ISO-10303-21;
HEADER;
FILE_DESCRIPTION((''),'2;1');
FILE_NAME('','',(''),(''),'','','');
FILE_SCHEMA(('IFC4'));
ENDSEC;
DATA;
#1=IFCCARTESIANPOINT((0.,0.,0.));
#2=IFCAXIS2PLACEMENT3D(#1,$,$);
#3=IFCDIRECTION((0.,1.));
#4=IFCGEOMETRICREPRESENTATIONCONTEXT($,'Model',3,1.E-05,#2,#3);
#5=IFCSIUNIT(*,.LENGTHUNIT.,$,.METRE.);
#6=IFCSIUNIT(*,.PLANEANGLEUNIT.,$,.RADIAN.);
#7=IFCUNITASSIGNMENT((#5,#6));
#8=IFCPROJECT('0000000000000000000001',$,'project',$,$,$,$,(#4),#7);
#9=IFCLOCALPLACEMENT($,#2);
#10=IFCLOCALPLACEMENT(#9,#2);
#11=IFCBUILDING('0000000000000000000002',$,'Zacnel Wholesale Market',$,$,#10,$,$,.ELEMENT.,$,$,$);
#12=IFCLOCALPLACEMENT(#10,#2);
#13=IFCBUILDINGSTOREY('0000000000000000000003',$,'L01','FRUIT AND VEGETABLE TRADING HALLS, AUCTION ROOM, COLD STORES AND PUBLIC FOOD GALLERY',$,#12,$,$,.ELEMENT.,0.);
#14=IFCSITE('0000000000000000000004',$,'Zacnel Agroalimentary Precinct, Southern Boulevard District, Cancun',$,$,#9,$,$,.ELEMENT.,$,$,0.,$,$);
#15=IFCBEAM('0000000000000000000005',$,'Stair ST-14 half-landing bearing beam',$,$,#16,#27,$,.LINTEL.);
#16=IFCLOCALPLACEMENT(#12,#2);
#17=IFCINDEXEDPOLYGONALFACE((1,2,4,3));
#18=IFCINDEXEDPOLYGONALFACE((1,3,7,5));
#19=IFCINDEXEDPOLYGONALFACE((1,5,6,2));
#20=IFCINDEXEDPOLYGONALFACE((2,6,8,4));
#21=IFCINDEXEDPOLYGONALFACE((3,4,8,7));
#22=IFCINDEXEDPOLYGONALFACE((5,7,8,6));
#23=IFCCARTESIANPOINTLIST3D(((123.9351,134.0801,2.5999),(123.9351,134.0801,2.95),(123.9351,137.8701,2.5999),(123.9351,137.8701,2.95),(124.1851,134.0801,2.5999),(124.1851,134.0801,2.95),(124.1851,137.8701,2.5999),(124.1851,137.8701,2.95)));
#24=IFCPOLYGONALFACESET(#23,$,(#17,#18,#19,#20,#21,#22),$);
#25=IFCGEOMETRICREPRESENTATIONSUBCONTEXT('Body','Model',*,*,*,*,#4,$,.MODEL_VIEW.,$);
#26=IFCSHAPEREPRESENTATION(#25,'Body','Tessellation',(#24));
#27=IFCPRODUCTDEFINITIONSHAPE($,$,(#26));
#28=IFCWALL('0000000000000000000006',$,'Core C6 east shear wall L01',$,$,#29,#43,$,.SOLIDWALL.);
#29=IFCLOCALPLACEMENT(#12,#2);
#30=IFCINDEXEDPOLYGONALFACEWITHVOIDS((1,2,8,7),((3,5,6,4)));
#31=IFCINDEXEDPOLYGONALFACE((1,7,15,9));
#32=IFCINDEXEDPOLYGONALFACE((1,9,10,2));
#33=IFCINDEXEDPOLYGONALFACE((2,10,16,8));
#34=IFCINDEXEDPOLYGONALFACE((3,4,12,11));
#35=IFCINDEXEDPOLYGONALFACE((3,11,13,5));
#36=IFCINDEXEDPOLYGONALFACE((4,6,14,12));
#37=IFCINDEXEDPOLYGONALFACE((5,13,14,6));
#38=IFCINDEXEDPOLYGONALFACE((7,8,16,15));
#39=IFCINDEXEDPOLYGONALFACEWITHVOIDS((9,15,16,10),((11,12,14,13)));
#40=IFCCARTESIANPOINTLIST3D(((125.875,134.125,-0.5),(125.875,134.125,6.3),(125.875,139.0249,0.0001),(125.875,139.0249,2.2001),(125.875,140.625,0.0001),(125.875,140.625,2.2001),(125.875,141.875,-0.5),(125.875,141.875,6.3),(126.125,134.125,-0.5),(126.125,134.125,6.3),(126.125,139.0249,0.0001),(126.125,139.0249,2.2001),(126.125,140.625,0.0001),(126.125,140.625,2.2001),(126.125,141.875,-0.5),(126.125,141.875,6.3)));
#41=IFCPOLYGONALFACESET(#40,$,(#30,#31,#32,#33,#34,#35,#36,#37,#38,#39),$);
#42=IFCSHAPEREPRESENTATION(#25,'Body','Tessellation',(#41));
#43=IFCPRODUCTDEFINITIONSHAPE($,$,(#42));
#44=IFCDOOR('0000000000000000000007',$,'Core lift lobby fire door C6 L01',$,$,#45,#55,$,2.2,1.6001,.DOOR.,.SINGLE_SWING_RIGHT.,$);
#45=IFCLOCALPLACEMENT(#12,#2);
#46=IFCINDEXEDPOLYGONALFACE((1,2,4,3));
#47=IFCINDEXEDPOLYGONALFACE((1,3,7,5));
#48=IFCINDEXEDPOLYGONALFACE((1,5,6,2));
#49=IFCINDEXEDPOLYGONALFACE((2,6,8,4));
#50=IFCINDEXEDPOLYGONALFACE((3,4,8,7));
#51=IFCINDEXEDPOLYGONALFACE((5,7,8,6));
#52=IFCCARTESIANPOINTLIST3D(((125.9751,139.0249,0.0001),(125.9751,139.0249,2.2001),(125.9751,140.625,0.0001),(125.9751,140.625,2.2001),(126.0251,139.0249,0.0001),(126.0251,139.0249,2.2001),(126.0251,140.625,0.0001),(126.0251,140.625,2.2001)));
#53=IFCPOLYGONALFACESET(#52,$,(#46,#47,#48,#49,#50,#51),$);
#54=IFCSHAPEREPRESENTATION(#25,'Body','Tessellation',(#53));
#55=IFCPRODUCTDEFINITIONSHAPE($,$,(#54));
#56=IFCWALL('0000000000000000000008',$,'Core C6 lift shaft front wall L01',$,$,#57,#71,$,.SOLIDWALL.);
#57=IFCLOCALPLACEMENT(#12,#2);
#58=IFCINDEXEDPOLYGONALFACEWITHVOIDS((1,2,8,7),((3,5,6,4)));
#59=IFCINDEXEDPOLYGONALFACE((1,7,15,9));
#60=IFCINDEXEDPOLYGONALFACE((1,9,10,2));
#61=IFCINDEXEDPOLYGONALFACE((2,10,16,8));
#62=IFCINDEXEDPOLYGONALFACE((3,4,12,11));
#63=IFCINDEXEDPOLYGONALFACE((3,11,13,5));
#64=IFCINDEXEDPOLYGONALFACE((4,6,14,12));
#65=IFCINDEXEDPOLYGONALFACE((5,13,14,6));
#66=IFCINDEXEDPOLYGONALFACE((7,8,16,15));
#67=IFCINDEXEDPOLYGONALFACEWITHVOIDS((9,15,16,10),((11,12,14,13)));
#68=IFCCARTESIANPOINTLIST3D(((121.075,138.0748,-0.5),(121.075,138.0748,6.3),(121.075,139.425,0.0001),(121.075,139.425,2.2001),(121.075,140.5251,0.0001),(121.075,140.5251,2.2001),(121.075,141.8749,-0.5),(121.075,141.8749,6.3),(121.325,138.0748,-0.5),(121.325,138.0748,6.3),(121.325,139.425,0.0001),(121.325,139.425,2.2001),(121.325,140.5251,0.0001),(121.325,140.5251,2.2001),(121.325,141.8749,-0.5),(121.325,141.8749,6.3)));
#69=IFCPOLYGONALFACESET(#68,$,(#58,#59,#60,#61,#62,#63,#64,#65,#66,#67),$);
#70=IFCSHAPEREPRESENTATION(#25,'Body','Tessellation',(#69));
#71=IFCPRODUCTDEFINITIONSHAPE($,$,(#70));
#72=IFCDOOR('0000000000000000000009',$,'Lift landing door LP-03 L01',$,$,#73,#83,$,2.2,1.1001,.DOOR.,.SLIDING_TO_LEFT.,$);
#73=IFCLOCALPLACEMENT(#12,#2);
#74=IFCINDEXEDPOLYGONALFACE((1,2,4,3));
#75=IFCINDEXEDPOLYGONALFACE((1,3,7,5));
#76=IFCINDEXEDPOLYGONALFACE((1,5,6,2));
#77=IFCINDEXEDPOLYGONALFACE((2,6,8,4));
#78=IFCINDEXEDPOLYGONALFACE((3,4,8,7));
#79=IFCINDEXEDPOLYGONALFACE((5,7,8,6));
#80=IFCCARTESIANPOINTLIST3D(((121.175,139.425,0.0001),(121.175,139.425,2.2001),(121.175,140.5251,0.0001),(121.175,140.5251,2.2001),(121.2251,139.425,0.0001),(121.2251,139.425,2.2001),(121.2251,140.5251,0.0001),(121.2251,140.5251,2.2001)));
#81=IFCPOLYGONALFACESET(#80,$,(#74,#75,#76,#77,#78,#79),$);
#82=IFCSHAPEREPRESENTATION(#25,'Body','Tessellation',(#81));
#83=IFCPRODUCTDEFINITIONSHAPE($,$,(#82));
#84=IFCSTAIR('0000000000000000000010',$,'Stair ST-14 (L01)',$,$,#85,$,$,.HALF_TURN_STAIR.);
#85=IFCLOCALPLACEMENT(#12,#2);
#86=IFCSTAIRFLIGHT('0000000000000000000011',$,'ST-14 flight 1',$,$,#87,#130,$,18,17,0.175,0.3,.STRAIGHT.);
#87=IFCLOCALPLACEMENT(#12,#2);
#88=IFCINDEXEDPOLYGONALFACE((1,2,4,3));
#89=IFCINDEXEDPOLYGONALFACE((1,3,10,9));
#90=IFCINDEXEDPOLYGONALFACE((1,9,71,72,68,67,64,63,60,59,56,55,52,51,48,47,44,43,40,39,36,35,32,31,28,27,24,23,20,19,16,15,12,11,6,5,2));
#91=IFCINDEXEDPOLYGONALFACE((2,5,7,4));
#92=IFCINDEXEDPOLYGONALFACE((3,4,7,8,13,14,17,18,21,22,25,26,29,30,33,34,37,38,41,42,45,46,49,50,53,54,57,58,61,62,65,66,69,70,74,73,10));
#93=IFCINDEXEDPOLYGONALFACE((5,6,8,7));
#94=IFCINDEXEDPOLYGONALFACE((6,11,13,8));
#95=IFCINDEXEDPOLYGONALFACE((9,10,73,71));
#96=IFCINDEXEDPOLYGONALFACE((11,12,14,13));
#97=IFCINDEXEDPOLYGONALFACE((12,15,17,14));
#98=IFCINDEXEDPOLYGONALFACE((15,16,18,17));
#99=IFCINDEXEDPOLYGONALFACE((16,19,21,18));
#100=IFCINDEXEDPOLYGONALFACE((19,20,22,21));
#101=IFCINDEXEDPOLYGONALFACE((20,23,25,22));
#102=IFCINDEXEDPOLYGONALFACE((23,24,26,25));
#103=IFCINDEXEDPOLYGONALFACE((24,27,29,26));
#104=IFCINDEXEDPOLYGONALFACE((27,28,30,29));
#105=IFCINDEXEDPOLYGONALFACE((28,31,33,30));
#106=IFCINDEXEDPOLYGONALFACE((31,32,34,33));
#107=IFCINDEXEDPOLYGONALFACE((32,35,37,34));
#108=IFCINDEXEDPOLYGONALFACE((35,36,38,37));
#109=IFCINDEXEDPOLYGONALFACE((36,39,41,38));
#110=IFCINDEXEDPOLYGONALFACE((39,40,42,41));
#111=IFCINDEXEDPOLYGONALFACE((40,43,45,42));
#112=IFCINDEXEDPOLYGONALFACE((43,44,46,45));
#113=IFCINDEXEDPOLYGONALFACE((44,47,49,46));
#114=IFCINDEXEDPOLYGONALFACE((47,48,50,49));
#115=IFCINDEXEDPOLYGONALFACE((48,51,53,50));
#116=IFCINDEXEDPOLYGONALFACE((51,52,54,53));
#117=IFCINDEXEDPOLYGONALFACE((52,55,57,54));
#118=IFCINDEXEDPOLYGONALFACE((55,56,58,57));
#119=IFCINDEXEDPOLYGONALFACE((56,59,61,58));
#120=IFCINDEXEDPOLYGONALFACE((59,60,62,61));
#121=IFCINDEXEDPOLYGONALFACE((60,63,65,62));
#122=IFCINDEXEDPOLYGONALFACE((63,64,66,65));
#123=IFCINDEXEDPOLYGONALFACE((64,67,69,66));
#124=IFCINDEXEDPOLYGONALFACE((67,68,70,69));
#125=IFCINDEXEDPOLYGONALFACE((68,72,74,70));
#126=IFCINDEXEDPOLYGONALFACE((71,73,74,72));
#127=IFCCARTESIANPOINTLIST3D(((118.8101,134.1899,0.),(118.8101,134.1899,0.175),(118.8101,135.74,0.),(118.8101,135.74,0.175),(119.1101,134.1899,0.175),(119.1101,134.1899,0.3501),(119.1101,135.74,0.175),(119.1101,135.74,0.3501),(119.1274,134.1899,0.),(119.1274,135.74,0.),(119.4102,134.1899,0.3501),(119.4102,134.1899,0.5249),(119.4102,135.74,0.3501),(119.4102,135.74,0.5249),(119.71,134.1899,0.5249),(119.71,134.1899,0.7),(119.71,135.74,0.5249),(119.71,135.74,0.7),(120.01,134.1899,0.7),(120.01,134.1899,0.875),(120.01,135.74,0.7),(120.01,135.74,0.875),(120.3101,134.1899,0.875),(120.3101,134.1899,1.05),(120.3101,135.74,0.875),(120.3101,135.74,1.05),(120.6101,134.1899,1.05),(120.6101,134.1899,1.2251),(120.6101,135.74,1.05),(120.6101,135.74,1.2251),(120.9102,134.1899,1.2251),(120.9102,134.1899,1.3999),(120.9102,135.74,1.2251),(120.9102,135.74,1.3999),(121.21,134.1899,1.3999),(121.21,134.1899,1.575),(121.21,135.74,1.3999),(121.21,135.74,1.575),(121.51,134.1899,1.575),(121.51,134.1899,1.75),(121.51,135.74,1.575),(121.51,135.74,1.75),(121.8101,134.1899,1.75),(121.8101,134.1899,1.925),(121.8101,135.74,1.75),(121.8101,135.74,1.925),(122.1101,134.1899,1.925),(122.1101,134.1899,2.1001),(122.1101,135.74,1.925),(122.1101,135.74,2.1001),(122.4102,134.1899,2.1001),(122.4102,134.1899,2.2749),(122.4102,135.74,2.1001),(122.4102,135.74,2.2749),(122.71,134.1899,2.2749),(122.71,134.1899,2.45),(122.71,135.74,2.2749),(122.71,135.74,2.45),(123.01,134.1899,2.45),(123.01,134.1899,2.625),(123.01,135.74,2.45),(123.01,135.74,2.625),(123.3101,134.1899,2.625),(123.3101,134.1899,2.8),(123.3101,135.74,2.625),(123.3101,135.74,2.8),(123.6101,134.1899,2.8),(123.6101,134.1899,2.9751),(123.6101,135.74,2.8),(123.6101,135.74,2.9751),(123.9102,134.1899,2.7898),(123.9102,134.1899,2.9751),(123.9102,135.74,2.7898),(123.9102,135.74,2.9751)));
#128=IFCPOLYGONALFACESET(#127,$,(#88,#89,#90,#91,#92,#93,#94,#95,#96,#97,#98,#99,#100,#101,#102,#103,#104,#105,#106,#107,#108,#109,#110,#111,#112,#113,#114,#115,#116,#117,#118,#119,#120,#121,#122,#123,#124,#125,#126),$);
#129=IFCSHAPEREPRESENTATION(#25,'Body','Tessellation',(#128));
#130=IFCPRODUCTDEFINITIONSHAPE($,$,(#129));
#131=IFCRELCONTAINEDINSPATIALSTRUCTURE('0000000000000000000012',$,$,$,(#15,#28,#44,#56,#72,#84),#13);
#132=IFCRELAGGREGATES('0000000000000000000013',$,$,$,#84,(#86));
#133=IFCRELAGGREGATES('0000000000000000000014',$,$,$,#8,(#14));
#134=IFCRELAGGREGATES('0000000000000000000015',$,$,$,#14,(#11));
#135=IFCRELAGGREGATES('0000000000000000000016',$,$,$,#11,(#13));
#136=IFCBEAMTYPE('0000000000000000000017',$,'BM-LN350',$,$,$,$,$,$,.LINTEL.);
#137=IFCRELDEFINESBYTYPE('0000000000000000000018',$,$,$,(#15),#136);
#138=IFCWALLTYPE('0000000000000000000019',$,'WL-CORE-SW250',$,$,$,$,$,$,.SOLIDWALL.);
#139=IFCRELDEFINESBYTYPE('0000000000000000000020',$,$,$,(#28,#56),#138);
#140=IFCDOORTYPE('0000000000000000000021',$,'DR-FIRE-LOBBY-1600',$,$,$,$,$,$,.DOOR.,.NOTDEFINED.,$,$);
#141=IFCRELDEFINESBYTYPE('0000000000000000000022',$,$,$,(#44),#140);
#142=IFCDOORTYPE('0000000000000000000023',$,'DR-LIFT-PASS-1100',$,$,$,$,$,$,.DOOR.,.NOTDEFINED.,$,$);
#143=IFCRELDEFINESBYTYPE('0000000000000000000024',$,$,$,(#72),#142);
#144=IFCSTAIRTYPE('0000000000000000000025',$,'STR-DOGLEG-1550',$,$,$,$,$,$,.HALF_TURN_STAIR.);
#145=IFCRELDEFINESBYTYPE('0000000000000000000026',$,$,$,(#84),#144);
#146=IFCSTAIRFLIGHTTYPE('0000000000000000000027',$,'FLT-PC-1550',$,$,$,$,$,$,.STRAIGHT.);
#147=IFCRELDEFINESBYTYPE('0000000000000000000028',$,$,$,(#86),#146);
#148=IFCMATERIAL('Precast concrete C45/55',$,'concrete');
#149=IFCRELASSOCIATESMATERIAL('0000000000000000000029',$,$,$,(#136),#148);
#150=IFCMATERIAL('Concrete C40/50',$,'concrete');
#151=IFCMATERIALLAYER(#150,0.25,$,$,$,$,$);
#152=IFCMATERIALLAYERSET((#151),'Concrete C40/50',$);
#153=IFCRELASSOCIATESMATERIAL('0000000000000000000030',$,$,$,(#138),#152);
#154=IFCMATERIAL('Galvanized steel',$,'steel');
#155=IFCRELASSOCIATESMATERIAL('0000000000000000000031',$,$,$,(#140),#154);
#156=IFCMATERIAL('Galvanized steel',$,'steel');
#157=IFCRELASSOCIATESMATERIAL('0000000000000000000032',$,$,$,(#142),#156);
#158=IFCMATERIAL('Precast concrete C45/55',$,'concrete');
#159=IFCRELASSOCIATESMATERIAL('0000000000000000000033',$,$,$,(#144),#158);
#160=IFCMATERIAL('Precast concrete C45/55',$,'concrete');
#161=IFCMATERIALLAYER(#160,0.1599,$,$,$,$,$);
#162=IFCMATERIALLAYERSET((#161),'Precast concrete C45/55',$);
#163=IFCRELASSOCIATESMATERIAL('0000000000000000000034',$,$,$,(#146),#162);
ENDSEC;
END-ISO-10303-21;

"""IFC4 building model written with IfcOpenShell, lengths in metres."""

from ifc_helpers import new_model, si_unit, direction, frame, frame_2d, origin, origin_2d, place, context, subcontext, project, spatial, polyline, rectangle, outline, extrude, material, layer, layer_set, material_profile, profile_set, type_object, element, fill, aggregate, save


model = new_model("IFC4")

# Units and contexts
model_context = context("Model", 3, precision=1e-05, world=origin(), true_north=direction((0.0, 1.0)))
body_context = subcontext(model_context, "Body", "Model", "MODEL_VIEW")
ifc_project = project(units=[si_unit("LENGTHUNIT", "METRE"), si_unit("PLANEANGLEUNIT", "RADIAN")], contexts=[model_context])

# Site, building, storey
site_placement = place(None, origin())
site = spatial("IfcSite", under=ifc_project, at=site_placement, Name="Zacnel Agroalimentary Precinct, Southern Boulevard District, Cancun", CompositionType="ELEMENT", RefElevation=0.0)
building_placement = place(site_placement, origin())
building = spatial("IfcBuilding", under=site, at=building_placement, Name="Zacnel Wholesale Market", CompositionType="ELEMENT")
storey_placement = place(building_placement, origin())
storey = spatial("IfcBuildingStorey", under=building, at=storey_placement, Name="L01", Description="FRUIT AND VEGETABLE TRADING HALLS, AUCTION ROOM, COLD STORES AND PUBLIC FOOD GALLERY", CompositionType="ELEMENT", Elevation=0.0)

# Beam
ifc_material_1 = material(Name="Precast concrete C45/55", Category="concrete")
ifc_material_profile_1 = material_profile(ifc_material_1, rectangle(XDim=0.25, YDim=0.3501, at=origin_2d()), Name="LN 250x350")
ifc_profile_set_1 = profile_set([ifc_material_profile_1], Name="Precast concrete C45/55")
beam_type = type_object("IfcBeamType", Name="BM-LN350", PredefinedType="LINTEL", material=ifc_profile_set_1)
beam_placement = place(storey_placement, frame((124.0601, 134.0801, 2.7749), z_axis=(0.0, 1.0, 0.0), x_axis=(-1.0, 0.0, 0.0)))
element("IfcBeam", 1, at=beam_placement, inside=storey, type_object=beam_type, Name="Stair ST-14 half-landing bearing beam", PredefinedType="LINTEL", context=body_context, shape_type="SweptSolid", body=[
    extrude(rectangle(XDim=0.25, YDim=0.3501, at=origin_2d()), origin(), (0.0, 0.0, 1.0), 3.79),
])

# Walls, openings, doors
ifc_material_2 = material(Name="Concrete C40/50", Category="concrete")
ifc_layer_1 = layer(ifc_material_2, 0.25)
ifc_layer_set_1 = layer_set([ifc_layer_1], Name="Concrete C40/50")
wall_type = type_object("IfcWallType", Name="WL-CORE-SW250", PredefinedType="SOLIDWALL", material=ifc_layer_set_1)
wall_1_placement = place(storey_placement, frame((126.0, 134.125, -0.5), z_axis=(0.0, 0.0, 1.0), x_axis=(0.0, 1.0, 0.0)))
wall_1 = element("IfcWall", 2, at=wall_1_placement, inside=storey, type_object=wall_type, Name="Core C6 east shear wall L01", PredefinedType="SOLIDWALL", context=body_context, shape_type="SweptSolid", body=[
    extrude(rectangle(XDim=7.75, YDim=0.25, at=frame_2d((3.875, 0.0))), origin(), (0.0, 0.0, 1.0), 6.8),
])
opening_1_placement = place(wall_1_placement, frame((4.8999, 0.0, 0.5)))
opening_1 = element("IfcOpeningElement", 3, at=opening_1_placement, cuts=wall_1, PredefinedType="OPENING", context=body_context, shape_type="SweptSolid", body=[
    extrude(rectangle(XDim=1.6001, YDim=2.2, at=frame_2d((0.8, 1.1001))), frame((0.0, 0.135, 0.0), z_axis=(0.0, -1.0, 0.0), x_axis=(1.0, 0.0, 0.0)), (0.0, 0.0, 1.0), 0.27),
])
ifc_material_3 = material(Name="Galvanized steel", Category="steel")
door_type_1 = type_object("IfcDoorType", Name="DR-FIRE-LOBBY-1600", OperationType="NOTDEFINED", PredefinedType="DOOR", material=ifc_material_3)
door_1_placement = place(opening_1_placement, origin())
door_1 = element("IfcDoor", 4, at=door_1_placement, inside=storey, type_object=door_type_1, Name="Core lift lobby fire door C6 L01", OperationType="SINGLE_SWING_RIGHT", OverallHeight=2.2, OverallWidth=1.6001, PredefinedType="DOOR", context=body_context, shape_type="SweptSolid", body=[
    extrude(rectangle(XDim=1.6001, YDim=2.2, at=frame_2d((0.8, 1.1001))), frame((0.0, 0.0249, 0.0), z_axis=(0.0, -1.0, 0.0), x_axis=(1.0, 0.0, 0.0)), (0.0, 0.0, 1.0), 0.05),
])
fill(opening_1, door_1)
wall_2_placement = place(storey_placement, frame((121.2, 138.075, -0.5), z_axis=(0.0, 0.0, 1.0), x_axis=(0.0, 1.0, 0.0)))
wall_2 = element("IfcWall", 5, at=wall_2_placement, inside=storey, type_object=wall_type, Name="Core C6 lift shaft front wall L01", PredefinedType="SOLIDWALL", context=body_context, shape_type="SweptSolid", body=[
    extrude(rectangle(XDim=3.8, YDim=0.25, at=frame_2d((1.8999, 0.0))), origin(), (0.0, 0.0, 1.0), 6.8),
])
opening_2_placement = place(wall_2_placement, frame((1.3501, 0.0, 0.5)))
opening_2 = element("IfcOpeningElement", 6, at=opening_2_placement, cuts=wall_2, PredefinedType="OPENING", context=body_context, shape_type="SweptSolid", body=[
    extrude(rectangle(XDim=1.1001, YDim=2.2, at=frame_2d((0.55, 1.1001))), frame((0.0, 0.135, 0.0), z_axis=(0.0, -1.0, 0.0), x_axis=(1.0, 0.0, 0.0)), (0.0, 0.0, 1.0), 0.27),
])
ifc_material_4 = material(Name="Galvanized steel", Category="steel")
door_type_2 = type_object("IfcDoorType", Name="DR-LIFT-PASS-1100", OperationType="NOTDEFINED", PredefinedType="DOOR", material=ifc_material_4)
door_2_placement = place(opening_2_placement, origin())
door_2 = element("IfcDoor", 7, at=door_2_placement, inside=storey, type_object=door_type_2, Name="Lift landing door LP-03 L01", OperationType="SLIDING_TO_LEFT", OverallHeight=2.2, OverallWidth=1.1001, PredefinedType="DOOR", context=body_context, shape_type="SweptSolid", body=[
    extrude(rectangle(XDim=1.1001, YDim=2.2, at=frame_2d((0.55, 1.1001))), frame((0.0, 0.0249, 0.0), z_axis=(0.0, -1.0, 0.0), x_axis=(1.0, 0.0, 0.0)), (0.0, 0.0, 1.0), 0.05),
])
fill(opening_2, door_2)

# Stair, stair flight
ifc_material_5 = material(Name="Precast concrete C45/55", Category="concrete")
stair_type = type_object("IfcStairType", Name="STR-DOGLEG-1550", PredefinedType="HALF_TURN_STAIR", material=ifc_material_5)
stair_placement = place(storey_placement, origin())
stair = element("IfcStair", 8, at=stair_placement, inside=storey, type_object=stair_type, Name="Stair ST-14 (L01)", PredefinedType="HALF_TURN_STAIR")
ifc_material_6 = material(Name="Precast concrete C45/55", Category="concrete")
ifc_layer_2 = layer(ifc_material_6, 0.1599)
ifc_layer_set_2 = layer_set([ifc_layer_2], Name="Precast concrete C45/55")
stair_flight_type = type_object("IfcStairFlightType", Name="FLT-PC-1550", PredefinedType="STRAIGHT", material=ifc_layer_set_2)
stair_flight_1_placement = place(storey_placement, frame((118.8101, 134.9651, 0.0), z_axis=(0.0, 0.0, 1.0), x_axis=(1.0, 0.0, 0.0)))
stair_flight_1 = element("IfcStairFlight", 9, at=stair_flight_1_placement, type_object=stair_flight_type, Name="ST-14 flight 1", NumberOfRisers=18, NumberOfTreads=17, PredefinedType="STRAIGHT", RiserHeight=0.175, TreadLength=0.3, context=body_context, shape_type="SweptSolid", body=[
    extrude(outline(polyline([(0.0, 0.0), (0.0, 0.175), (0.3, 0.175), (0.3, 0.3501), (0.6001, 0.3501), (0.6001, 0.5249), (0.8999, 0.5249), (0.8999, 0.7), (1.2, 0.7), (1.2, 0.875), (1.5, 0.875), (1.5, 1.05), (1.8, 1.05), (1.8, 1.2251), (2.1001, 1.2251), (2.1001, 1.3999), (2.3999, 1.3999), (2.3999, 1.575), (2.7, 1.575), (2.7, 1.75), (3.0, 1.75), (3.0, 1.925), (3.3, 1.925), (3.3, 2.1001), (3.6001, 2.1001), (3.6001, 2.2749), (3.8999, 2.2749), (3.8999, 2.45), (4.2, 2.45), (4.2, 2.625), (4.5, 2.625), (4.5, 2.8), (4.8, 2.8), (4.8, 2.9751), (5.1001, 2.9751), (5.1001, 3.1499), (5.1001, 2.7898), (0.3174, 0.0), (0.0, 0.0)])), frame((0.0, 0.7749, 0.0), z_axis=(0.0, -1.0, 0.0), x_axis=(1.0, 0.0, 0.0)), (0.0, 0.0, 1.0), 1.55),
])
aggregate(stair, [stair_flight_1])

save(model, "model.ifc")
